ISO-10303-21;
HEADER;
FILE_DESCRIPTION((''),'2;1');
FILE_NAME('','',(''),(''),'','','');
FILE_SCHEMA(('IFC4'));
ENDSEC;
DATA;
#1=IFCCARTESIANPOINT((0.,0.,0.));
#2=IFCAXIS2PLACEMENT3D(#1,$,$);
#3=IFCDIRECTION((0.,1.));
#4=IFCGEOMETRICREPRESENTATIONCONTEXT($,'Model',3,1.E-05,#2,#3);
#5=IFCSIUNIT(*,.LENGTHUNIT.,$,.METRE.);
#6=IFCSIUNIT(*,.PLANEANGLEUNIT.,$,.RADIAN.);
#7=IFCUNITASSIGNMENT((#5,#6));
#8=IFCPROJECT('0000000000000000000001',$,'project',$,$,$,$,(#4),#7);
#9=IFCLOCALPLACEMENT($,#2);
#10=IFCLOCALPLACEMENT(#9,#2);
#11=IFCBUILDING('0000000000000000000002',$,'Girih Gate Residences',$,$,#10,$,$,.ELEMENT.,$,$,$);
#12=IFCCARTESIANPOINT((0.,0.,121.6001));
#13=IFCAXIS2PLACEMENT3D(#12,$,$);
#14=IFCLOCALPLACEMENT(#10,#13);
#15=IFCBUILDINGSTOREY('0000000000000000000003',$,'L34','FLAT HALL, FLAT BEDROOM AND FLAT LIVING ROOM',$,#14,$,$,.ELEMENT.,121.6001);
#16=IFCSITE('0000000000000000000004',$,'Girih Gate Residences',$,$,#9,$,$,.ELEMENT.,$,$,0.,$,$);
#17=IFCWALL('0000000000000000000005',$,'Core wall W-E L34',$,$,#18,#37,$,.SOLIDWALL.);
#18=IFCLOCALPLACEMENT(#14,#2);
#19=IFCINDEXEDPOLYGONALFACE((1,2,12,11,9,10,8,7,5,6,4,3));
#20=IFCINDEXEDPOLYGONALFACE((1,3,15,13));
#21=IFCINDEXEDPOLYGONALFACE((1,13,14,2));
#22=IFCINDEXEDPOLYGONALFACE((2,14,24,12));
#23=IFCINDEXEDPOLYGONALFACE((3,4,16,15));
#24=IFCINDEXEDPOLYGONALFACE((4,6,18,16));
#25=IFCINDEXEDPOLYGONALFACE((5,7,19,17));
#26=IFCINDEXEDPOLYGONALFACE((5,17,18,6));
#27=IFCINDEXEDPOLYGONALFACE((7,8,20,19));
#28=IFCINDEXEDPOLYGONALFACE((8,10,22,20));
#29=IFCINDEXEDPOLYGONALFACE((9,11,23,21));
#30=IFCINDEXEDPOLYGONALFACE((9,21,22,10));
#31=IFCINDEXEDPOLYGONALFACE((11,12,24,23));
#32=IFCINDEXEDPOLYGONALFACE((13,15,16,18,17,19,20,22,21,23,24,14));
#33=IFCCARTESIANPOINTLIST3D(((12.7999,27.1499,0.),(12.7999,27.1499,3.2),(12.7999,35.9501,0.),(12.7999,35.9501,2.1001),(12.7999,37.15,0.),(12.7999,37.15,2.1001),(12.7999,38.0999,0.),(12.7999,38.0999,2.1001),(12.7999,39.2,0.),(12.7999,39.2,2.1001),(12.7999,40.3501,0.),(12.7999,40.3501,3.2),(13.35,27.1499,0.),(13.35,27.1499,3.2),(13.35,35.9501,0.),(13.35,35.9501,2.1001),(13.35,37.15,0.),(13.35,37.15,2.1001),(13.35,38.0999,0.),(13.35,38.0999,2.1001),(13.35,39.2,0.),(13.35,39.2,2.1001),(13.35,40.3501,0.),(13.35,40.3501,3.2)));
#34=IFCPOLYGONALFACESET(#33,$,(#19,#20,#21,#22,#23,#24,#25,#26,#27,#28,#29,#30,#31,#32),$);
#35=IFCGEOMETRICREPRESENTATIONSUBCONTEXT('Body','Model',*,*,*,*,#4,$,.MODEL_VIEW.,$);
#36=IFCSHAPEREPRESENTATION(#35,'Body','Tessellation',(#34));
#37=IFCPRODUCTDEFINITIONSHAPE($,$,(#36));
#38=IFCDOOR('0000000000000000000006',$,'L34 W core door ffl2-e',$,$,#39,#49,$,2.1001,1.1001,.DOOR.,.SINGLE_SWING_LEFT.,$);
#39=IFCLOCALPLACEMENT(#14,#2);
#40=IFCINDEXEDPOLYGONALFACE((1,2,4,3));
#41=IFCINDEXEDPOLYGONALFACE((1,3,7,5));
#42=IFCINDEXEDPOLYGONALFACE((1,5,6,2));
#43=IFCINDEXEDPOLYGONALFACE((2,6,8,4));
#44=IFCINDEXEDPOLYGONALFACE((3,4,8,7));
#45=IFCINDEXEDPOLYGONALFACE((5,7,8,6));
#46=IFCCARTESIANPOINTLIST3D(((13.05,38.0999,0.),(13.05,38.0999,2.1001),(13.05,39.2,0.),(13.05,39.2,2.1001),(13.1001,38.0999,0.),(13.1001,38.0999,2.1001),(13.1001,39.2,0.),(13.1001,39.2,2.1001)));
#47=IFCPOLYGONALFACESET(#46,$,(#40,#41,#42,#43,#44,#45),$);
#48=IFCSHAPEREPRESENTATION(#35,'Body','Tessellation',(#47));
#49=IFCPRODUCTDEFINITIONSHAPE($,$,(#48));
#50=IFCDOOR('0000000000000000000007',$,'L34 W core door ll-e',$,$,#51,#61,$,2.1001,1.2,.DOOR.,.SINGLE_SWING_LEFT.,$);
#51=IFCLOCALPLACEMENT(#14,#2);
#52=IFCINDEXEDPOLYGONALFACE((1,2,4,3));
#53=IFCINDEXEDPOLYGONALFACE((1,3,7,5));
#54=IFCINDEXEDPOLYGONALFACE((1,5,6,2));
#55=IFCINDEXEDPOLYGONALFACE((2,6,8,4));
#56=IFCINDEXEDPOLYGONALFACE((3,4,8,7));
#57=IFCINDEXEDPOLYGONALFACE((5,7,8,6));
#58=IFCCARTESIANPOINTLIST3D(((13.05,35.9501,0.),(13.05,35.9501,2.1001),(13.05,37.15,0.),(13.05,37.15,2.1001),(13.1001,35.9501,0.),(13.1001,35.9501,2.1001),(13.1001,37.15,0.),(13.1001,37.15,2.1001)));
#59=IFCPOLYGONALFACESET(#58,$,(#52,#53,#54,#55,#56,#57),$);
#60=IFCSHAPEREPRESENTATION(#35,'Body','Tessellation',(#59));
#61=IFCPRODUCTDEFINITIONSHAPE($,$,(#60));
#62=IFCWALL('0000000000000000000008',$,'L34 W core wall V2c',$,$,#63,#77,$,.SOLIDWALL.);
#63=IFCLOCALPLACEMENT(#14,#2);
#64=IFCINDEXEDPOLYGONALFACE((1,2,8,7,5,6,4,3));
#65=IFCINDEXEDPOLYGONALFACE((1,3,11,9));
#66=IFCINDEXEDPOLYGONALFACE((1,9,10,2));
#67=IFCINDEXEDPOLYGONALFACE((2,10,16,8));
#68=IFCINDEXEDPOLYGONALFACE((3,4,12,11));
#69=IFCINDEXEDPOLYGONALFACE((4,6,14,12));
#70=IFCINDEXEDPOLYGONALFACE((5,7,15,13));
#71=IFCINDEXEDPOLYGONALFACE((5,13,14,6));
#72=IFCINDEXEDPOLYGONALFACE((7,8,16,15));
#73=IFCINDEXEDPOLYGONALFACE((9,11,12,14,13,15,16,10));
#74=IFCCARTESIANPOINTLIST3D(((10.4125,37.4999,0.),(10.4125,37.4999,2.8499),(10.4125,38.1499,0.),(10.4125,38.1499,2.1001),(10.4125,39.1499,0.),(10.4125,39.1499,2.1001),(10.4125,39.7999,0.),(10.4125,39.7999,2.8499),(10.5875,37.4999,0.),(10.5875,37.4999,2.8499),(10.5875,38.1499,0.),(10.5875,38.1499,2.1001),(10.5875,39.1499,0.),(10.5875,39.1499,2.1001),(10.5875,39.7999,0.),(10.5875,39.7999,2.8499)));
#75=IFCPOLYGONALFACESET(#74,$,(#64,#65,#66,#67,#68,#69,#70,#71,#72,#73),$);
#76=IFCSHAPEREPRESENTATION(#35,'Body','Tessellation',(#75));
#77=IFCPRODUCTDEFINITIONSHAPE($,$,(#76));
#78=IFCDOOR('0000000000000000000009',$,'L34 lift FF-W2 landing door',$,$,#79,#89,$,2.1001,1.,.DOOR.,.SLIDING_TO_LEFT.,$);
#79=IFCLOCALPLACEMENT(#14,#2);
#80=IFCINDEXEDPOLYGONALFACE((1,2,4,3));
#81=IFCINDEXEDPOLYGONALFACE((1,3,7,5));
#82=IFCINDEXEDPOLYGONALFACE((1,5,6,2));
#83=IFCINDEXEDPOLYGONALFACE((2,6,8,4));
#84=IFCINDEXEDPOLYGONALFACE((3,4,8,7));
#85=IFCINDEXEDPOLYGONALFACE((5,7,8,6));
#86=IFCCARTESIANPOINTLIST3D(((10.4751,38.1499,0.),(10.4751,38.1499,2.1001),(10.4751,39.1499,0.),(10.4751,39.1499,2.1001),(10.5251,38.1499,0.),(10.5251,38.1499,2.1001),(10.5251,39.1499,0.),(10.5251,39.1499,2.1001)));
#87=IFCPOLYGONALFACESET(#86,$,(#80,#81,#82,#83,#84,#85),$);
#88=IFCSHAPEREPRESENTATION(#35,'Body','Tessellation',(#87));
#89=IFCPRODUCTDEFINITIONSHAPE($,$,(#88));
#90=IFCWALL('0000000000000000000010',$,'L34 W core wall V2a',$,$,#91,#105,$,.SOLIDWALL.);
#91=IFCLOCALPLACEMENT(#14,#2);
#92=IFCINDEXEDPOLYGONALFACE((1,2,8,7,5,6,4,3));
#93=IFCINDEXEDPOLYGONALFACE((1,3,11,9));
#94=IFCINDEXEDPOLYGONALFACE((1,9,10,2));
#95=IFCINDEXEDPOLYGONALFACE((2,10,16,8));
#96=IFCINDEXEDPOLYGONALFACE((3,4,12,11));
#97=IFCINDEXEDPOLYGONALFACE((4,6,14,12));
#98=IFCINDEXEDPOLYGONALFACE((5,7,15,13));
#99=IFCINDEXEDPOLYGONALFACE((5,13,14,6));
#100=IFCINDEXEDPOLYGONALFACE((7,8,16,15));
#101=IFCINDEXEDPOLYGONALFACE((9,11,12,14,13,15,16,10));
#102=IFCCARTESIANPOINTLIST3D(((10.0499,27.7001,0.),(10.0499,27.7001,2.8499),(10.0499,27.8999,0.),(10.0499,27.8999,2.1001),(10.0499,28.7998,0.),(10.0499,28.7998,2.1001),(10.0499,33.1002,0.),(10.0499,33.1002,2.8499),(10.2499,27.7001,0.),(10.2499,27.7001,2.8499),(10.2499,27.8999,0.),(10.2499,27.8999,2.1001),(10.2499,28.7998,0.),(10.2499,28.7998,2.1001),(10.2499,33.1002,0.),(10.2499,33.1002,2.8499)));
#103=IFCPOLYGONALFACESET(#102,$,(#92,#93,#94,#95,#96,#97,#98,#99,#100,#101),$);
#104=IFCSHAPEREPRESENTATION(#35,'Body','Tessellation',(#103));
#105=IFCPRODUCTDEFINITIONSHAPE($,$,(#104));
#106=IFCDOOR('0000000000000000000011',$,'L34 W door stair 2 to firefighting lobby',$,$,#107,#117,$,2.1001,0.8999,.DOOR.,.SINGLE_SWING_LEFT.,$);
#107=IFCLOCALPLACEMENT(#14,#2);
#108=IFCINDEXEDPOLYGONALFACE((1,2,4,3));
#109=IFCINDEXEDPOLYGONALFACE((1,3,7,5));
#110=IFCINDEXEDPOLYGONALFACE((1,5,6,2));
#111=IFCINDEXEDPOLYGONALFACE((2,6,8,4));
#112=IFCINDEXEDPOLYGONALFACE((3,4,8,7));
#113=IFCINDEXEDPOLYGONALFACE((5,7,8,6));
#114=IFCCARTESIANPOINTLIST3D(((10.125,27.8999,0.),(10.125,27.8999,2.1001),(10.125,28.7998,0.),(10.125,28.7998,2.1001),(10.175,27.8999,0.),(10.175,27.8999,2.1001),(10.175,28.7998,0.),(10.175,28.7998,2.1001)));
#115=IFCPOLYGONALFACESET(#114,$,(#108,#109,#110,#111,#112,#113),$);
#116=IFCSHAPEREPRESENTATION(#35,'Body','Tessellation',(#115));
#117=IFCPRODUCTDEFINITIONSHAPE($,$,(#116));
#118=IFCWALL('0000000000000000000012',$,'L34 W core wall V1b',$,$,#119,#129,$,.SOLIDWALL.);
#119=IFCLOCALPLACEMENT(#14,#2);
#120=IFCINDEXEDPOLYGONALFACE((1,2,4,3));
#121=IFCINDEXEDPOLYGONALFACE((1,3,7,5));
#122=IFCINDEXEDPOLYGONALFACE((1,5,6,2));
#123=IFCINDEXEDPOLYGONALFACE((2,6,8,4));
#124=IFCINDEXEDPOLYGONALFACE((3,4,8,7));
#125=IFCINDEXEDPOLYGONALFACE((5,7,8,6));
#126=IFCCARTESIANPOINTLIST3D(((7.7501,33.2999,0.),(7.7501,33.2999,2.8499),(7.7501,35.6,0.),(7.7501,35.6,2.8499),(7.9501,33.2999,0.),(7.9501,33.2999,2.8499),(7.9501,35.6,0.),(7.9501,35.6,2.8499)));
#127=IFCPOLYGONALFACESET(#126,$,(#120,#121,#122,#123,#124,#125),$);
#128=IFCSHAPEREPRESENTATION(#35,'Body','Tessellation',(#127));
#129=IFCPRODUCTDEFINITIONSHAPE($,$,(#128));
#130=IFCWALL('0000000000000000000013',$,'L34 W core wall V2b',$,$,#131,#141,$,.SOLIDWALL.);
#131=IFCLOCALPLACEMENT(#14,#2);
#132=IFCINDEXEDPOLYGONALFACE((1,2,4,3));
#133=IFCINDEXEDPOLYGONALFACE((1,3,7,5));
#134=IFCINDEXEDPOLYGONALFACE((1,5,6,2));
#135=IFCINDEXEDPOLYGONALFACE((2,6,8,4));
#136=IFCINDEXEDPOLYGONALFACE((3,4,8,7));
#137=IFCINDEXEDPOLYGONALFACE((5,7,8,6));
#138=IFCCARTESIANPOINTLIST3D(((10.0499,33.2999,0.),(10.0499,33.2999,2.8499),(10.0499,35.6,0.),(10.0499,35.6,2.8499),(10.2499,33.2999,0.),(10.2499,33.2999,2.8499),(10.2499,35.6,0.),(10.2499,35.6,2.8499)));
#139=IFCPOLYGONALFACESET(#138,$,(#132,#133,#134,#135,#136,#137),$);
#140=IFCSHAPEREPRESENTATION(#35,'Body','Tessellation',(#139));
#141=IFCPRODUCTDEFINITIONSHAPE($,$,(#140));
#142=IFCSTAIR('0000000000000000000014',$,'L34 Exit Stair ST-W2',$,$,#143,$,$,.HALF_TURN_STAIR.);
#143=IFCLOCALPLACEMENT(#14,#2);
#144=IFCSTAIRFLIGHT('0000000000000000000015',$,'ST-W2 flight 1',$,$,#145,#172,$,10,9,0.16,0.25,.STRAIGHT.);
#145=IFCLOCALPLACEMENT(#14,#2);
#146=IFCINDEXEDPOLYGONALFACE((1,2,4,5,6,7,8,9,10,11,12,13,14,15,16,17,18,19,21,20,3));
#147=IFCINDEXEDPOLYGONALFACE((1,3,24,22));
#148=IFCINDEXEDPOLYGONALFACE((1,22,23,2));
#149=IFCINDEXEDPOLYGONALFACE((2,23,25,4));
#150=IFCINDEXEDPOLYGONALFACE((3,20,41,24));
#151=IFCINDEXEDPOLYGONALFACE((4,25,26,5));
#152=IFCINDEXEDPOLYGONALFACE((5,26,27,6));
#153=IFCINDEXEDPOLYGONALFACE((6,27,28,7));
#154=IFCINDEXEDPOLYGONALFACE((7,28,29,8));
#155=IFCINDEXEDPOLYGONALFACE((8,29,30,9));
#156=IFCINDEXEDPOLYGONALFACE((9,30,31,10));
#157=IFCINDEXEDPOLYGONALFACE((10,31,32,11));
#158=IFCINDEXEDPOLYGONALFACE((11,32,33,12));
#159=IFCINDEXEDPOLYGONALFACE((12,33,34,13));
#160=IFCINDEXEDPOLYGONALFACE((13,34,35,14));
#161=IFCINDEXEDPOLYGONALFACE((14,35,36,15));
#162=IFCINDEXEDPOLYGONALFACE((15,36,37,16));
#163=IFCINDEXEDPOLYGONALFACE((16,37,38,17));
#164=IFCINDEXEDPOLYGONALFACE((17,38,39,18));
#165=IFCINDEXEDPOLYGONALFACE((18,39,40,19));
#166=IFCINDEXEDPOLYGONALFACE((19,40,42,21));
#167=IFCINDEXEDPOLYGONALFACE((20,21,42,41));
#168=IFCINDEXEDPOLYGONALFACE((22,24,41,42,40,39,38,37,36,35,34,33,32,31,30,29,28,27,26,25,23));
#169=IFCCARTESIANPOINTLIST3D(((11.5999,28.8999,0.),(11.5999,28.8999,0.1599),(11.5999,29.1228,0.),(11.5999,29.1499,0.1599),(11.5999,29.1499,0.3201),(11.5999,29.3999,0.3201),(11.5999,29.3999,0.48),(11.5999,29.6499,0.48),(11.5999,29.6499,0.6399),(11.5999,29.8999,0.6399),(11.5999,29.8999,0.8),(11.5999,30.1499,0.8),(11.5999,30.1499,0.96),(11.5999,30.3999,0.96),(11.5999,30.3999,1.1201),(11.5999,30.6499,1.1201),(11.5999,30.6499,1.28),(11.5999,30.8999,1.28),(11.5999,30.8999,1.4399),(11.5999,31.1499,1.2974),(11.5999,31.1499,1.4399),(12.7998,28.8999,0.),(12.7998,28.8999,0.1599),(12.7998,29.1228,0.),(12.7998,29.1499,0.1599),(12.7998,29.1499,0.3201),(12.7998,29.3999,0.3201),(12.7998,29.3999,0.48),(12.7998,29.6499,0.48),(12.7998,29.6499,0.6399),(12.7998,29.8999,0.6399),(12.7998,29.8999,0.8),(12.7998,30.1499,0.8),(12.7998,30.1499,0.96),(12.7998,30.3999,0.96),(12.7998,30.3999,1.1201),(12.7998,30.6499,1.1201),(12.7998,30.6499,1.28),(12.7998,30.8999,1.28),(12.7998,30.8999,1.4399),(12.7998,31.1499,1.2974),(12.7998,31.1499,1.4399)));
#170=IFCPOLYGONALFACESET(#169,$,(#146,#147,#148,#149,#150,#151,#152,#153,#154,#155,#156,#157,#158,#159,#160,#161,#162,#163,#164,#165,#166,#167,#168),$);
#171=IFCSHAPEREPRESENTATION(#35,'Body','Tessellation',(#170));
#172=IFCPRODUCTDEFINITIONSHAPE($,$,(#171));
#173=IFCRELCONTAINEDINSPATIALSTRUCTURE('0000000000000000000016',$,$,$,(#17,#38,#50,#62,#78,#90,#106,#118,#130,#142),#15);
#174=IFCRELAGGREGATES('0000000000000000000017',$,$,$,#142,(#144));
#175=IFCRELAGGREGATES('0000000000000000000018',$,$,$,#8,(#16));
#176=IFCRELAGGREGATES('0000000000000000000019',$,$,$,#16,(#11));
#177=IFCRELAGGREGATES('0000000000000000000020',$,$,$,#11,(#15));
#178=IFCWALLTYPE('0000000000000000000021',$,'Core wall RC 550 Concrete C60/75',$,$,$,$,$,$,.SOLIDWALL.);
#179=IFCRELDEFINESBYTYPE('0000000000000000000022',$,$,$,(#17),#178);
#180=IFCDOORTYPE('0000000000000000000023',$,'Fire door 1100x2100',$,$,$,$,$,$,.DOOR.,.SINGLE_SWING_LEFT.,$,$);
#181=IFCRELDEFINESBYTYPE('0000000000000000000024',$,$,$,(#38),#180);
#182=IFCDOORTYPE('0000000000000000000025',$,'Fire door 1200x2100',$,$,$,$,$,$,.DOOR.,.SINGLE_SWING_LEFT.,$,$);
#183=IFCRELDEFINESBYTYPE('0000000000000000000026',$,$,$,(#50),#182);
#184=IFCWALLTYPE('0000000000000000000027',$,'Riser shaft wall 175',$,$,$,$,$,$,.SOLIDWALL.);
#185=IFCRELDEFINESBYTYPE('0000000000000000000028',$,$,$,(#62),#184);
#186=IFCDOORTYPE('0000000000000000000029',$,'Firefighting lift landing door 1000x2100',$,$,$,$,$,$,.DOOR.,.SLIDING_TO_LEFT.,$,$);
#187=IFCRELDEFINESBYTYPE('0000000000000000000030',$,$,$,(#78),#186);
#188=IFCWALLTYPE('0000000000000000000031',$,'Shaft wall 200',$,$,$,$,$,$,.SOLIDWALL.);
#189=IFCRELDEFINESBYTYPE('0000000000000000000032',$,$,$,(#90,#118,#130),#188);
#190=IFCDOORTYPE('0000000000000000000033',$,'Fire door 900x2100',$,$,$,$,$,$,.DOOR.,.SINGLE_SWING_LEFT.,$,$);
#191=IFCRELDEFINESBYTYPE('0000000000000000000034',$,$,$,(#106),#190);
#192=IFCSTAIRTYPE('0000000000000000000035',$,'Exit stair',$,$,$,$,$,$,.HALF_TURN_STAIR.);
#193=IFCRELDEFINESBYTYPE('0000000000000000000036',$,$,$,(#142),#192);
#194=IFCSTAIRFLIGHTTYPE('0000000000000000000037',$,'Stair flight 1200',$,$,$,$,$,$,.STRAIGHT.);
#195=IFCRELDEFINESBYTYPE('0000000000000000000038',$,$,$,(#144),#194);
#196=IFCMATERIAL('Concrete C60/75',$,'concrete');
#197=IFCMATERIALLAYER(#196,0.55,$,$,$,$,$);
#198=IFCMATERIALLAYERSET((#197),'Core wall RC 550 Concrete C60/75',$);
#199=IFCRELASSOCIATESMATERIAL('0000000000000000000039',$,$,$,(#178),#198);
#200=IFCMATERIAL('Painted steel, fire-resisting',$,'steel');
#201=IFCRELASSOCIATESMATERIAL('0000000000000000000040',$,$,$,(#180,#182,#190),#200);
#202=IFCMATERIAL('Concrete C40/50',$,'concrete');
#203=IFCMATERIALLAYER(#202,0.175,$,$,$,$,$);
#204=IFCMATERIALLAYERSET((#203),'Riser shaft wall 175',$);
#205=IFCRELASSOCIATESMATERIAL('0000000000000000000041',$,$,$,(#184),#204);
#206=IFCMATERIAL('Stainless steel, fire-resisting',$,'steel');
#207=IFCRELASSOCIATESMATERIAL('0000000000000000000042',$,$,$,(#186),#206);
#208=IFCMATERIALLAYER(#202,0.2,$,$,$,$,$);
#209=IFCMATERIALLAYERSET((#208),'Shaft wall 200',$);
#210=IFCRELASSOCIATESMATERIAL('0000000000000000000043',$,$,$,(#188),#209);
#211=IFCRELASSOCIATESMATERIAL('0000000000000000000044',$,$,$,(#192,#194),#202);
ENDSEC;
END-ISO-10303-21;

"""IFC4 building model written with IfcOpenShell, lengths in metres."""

from ifc_helpers import new_model, si_unit, direction, frame, frame_2d, origin, place, context, subcontext, project, spatial, polyline, rectangle, outline, extrude, material, layer, layer_set, type_object, element, fill, aggregate, save


model = new_model("IFC4")

# Units and contexts
model_context = context("Model", 3, precision=1e-05, world=origin(), true_north=direction((0.0, 1.0)))
body_context = subcontext(model_context, "Body", "Model", "MODEL_VIEW")
ifc_project = project(units=[si_unit("LENGTHUNIT", "METRE"), si_unit("PLANEANGLEUNIT", "RADIAN")], contexts=[model_context])

# Site, building, storey
site_placement = place(None, origin())
site = spatial("IfcSite", under=ifc_project, at=site_placement, Name="Girih Gate Residences", CompositionType="ELEMENT", RefElevation=0.0)
building_placement = place(site_placement, origin())
building = spatial("IfcBuilding", under=site, at=building_placement, Name="Girih Gate Residences", CompositionType="ELEMENT")
storey_placement = place(building_placement, frame((0.0, 0.0, 121.6001)))
storey = spatial("IfcBuildingStorey", under=building, at=storey_placement, Name="L34", Description="FLAT HALL, FLAT BEDROOM AND FLAT LIVING ROOM", CompositionType="ELEMENT", Elevation=121.6001)

# Shared definitions
ifc_material_1 = material(Name="Concrete C60/75", Category="concrete")

# Wall, openings, doors
ifc_layer_1 = layer(ifc_material_1, 0.55)
ifc_layer_set_1 = layer_set([ifc_layer_1], Name="Core wall RC 550 Concrete C60/75")
wall_type_1 = type_object("IfcWallType", Name="Core wall RC 550 Concrete C60/75", PredefinedType="SOLIDWALL", material=ifc_layer_set_1)
wall_1_placement = place(storey_placement, frame((13.075, 27.1499, 0.0), z_axis=(0.0, 0.0, 1.0), x_axis=(0.0, 1.0, 0.0)))
wall_1 = element("IfcWall", 1, at=wall_1_placement, inside=storey, type_object=wall_type_1, Name="Core wall W-E L34", PredefinedType="SOLIDWALL", context=body_context, shape_type="SweptSolid", body=[
    extrude(rectangle(XDim=13.2002, YDim=0.55, at=frame_2d((6.6001, 0.0))), origin(), (0.0, 0.0, 1.0), 3.2),
])
opening_1_placement = place(wall_1_placement, frame((10.95, 0.0, 0.0)))
opening_1 = element("IfcOpeningElement", 2, at=opening_1_placement, cuts=wall_1, PredefinedType="OPENING", context=body_context, shape_type="SweptSolid", body=[
    extrude(rectangle(XDim=1.1001, YDim=2.1001, at=frame_2d((0.55, 1.05))), frame((0.0, 0.2849, 0.0), z_axis=(0.0, -1.0, 0.0), x_axis=(1.0, 0.0, 0.0)), (0.0, 0.0, 1.0), 0.5701),
])
opening_2_placement = place(wall_1_placement, frame((8.8, 0.0, 0.0)))
opening_2 = element("IfcOpeningElement", 3, at=opening_2_placement, cuts=wall_1, PredefinedType="OPENING", context=body_context, shape_type="SweptSolid", body=[
    extrude(rectangle(XDim=1.2, YDim=2.1001, at=frame_2d((0.6001, 1.05))), frame((0.0, 0.2849, 0.0), z_axis=(0.0, -1.0, 0.0), x_axis=(1.0, 0.0, 0.0)), (0.0, 0.0, 1.0), 0.5701),
])
ifc_material_2 = material(Name="Painted steel, fire-resisting", Category="steel")
door_type_1 = type_object("IfcDoorType", Name="Fire door 1100x2100", OperationType="SINGLE_SWING_LEFT", PredefinedType="DOOR", material=ifc_material_2)
door_1_placement = place(opening_1_placement, origin())
door_1 = element("IfcDoor", 4, at=door_1_placement, inside=storey, type_object=door_type_1, Name="L34 W core door ffl2-e", OperationType="SINGLE_SWING_LEFT", OverallHeight=2.1001, OverallWidth=1.1001, PredefinedType="DOOR", context=body_context, shape_type="SweptSolid", body=[
    extrude(rectangle(XDim=1.1001, YDim=2.1001, at=frame_2d((0.55, 1.05))), frame((0.0, 0.0249, 0.0), z_axis=(0.0, -1.0, 0.0), x_axis=(1.0, 0.0, 0.0)), (0.0, 0.0, 1.0), 0.05),
])
fill(opening_1, door_1)
door_type_2 = type_object("IfcDoorType", Name="Fire door 1200x2100", OperationType="SINGLE_SWING_LEFT", PredefinedType="DOOR", material=ifc_material_2)
door_2_placement = place(opening_2_placement, origin())
door_2 = element("IfcDoor", 5, at=door_2_placement, inside=storey, type_object=door_type_2, Name="L34 W core door ll-e", OperationType="SINGLE_SWING_LEFT", OverallHeight=2.1001, OverallWidth=1.2, PredefinedType="DOOR", context=body_context, shape_type="SweptSolid", body=[
    extrude(rectangle(XDim=1.2, YDim=2.1001, at=frame_2d((0.6001, 1.05))), frame((0.0, 0.0249, 0.0), z_axis=(0.0, -1.0, 0.0), x_axis=(1.0, 0.0, 0.0)), (0.0, 0.0, 1.0), 0.05),
])
fill(opening_2, door_2)

# Walls, openings, doors
ifc_material_3 = material(Name="Concrete C40/50", Category="concrete")
ifc_layer_2 = layer(ifc_material_3, 0.175)
ifc_layer_set_2 = layer_set([ifc_layer_2], Name="Riser shaft wall 175")
wall_type_2 = type_object("IfcWallType", Name="Riser shaft wall 175", PredefinedType="SOLIDWALL", material=ifc_layer_set_2)
wall_2_placement = place(storey_placement, frame((10.5, 37.5, 0.0), z_axis=(0.0, 0.0, 1.0), x_axis=(0.0, 1.0, 0.0)))
wall_2 = element("IfcWall", 6, at=wall_2_placement, inside=storey, type_object=wall_type_2, Name="L34 W core wall V2c", PredefinedType="SOLIDWALL", context=body_context, shape_type="SweptSolid", body=[
    extrude(rectangle(XDim=2.3, YDim=0.175, at=frame_2d((1.1499, 0.0))), origin(), (0.0, 0.0, 1.0), 2.8499),
])
opening_3_placement = place(wall_2_placement, frame((0.6499, 0.0, 0.0)))
opening_3 = element("IfcOpeningElement", 7, at=opening_3_placement, cuts=wall_2, PredefinedType="OPENING", context=body_context, shape_type="SweptSolid", body=[
    extrude(rectangle(XDim=1.0, YDim=2.1001, at=frame_2d((0.5, 1.05))), frame((0.0, 0.0974, 0.0), z_axis=(0.0, -1.0, 0.0), x_axis=(1.0, 0.0, 0.0)), (0.0, 0.0, 1.0), 0.1951),
])
ifc_material_4 = material(Name="Stainless steel, fire-resisting", Category="steel")
door_type_3 = type_object("IfcDoorType", Name="Firefighting lift landing door 1000x2100", OperationType="SLIDING_TO_LEFT", PredefinedType="DOOR", material=ifc_material_4)
door_3_placement = place(opening_3_placement, origin())
door_3 = element("IfcDoor", 8, at=door_3_placement, inside=storey, type_object=door_type_3, Name="L34 lift FF-W2 landing door", OperationType="SLIDING_TO_LEFT", OverallHeight=2.1001, OverallWidth=1.0, PredefinedType="DOOR", context=body_context, shape_type="SweptSolid", body=[
    extrude(rectangle(XDim=1.0, YDim=2.1001, at=frame_2d((0.5, 1.05))), frame((0.0, 0.0249, 0.0), z_axis=(0.0, -1.0, 0.0), x_axis=(1.0, 0.0, 0.0)), (0.0, 0.0, 1.0), 0.05),
])
fill(opening_3, door_3)
ifc_layer_3 = layer(ifc_material_3, 0.2)
ifc_layer_set_3 = layer_set([ifc_layer_3], Name="Shaft wall 200")
wall_type_3 = type_object("IfcWallType", Name="Shaft wall 200", PredefinedType="SOLIDWALL", material=ifc_layer_set_3)
wall_3_placement = place(storey_placement, frame((10.1499, 27.7, 0.0), z_axis=(0.0, 0.0, 1.0), x_axis=(0.0, 1.0, 0.0)))
wall_3 = element("IfcWall", 9, at=wall_3_placement, inside=storey, type_object=wall_type_3, Name="L34 W core wall V2a", PredefinedType="SOLIDWALL", context=body_context, shape_type="SweptSolid", body=[
    extrude(rectangle(XDim=5.4001, YDim=0.2, at=frame_2d((2.7002, 0.0))), origin(), (0.0, 0.0, 1.0), 2.8499),
])
opening_4_placement = place(wall_3_placement, frame((0.2, 0.0, 0.0)))
opening_4 = element("IfcOpeningElement", 10, at=opening_4_placement, cuts=wall_3, PredefinedType="OPENING", context=body_context, shape_type="SweptSolid", body=[
    extrude(rectangle(XDim=0.8999, YDim=2.1001, at=frame_2d((0.45, 1.05))), frame((0.0, 0.1099, 0.0), z_axis=(0.0, -1.0, 0.0), x_axis=(1.0, 0.0, 0.0)), (0.0, 0.0, 1.0), 0.22),
])
door_type_4 = type_object("IfcDoorType", Name="Fire door 900x2100", OperationType="SINGLE_SWING_LEFT", PredefinedType="DOOR", material=ifc_material_2)
door_4_placement = place(opening_4_placement, origin())
door_4 = element("IfcDoor", 11, at=door_4_placement, inside=storey, type_object=door_type_4, Name="L34 W door stair 2 to firefighting lobby", OperationType="SINGLE_SWING_LEFT", OverallHeight=2.1001, OverallWidth=0.8999, PredefinedType="DOOR", context=body_context, shape_type="SweptSolid", body=[
    extrude(rectangle(XDim=0.8999, YDim=2.1001, at=frame_2d((0.45, 1.05))), frame((0.0, 0.0249, 0.0), z_axis=(0.0, -1.0, 0.0), x_axis=(1.0, 0.0, 0.0)), (0.0, 0.0, 1.0), 0.05),
])
fill(opening_4, door_4)

# Walls
for number, where, z_axis, x_axis, name in (
    (12, (7.8501, 33.3, 0.0), (0.0, 0.0, 1.0), (0.0, 1.0, 0.0), "L34 W core wall V1b"),
    (13, (10.1499, 33.3, 0.0), (0.0, 0.0, 1.0), (0.0, 1.0, 0.0), "L34 W core wall V2b"),
):
    element("IfcWall", number, at=place(storey_placement, frame(where, z_axis=z_axis, x_axis=x_axis)), inside=storey, type_object=wall_type_3, Name=name, PredefinedType="SOLIDWALL", context=body_context, shape_type="SweptSolid", body=[
        extrude(rectangle(XDim=2.3, YDim=0.2, at=frame_2d((1.1499, 0.0))), origin(), (0.0, 0.0, 1.0), 2.8499),
    ])

# Stair, stair flight
stair_type = type_object("IfcStairType", Name="Exit stair", PredefinedType="HALF_TURN_STAIR", material=ifc_material_3)
stair_placement = place(storey_placement, origin())
stair = element("IfcStair", 14, at=stair_placement, inside=storey, type_object=stair_type, Name="L34 Exit Stair ST-W2", PredefinedType="HALF_TURN_STAIR")
stair_flight_type = type_object("IfcStairFlightType", Name="Stair flight 1200", PredefinedType="STRAIGHT", material=ifc_material_3)
stair_flight_1_placement = place(storey_placement, frame((12.2, 28.8999, 0.0), z_axis=(0.0, 0.0, 1.0), x_axis=(0.0, 1.0, 0.0)))
stair_flight_1 = element("IfcStairFlight", 15, at=stair_flight_1_placement, type_object=stair_flight_type, Name="ST-W2 flight 1", NumberOfRisers=10, NumberOfTreads=9, PredefinedType="STRAIGHT", RiserHeight=0.16, TreadLength=0.25, context=body_context, shape_type="SweptSolid", body=[
    extrude(outline(polyline([(0.0, 0.0), (0.0, 0.1599), (0.25, 0.1599), (0.25, 0.3201), (0.5, 0.3201), (0.5, 0.48), (0.75, 0.48), (0.75, 0.6399), (1.0, 0.6399), (1.0, 0.8), (1.25, 0.8), (1.25, 0.96), (1.5, 0.96), (1.5, 1.1201), (1.75, 1.1201), (1.75, 1.28), (2.0, 1.28), (2.0, 1.4399), (2.25, 1.4399), (2.25, 1.6001), (2.25, 1.2974), (0.2229, 0.0), (0.0, 0.0)])), frame((0.0, 0.6001, 0.0), z_axis=(0.0, -1.0, 0.0), x_axis=(1.0, 0.0, 0.0)), (0.0, 0.0, 1.0), 1.2),
])
aggregate(stair, [stair_flight_1])

save(model, "model.ifc")
